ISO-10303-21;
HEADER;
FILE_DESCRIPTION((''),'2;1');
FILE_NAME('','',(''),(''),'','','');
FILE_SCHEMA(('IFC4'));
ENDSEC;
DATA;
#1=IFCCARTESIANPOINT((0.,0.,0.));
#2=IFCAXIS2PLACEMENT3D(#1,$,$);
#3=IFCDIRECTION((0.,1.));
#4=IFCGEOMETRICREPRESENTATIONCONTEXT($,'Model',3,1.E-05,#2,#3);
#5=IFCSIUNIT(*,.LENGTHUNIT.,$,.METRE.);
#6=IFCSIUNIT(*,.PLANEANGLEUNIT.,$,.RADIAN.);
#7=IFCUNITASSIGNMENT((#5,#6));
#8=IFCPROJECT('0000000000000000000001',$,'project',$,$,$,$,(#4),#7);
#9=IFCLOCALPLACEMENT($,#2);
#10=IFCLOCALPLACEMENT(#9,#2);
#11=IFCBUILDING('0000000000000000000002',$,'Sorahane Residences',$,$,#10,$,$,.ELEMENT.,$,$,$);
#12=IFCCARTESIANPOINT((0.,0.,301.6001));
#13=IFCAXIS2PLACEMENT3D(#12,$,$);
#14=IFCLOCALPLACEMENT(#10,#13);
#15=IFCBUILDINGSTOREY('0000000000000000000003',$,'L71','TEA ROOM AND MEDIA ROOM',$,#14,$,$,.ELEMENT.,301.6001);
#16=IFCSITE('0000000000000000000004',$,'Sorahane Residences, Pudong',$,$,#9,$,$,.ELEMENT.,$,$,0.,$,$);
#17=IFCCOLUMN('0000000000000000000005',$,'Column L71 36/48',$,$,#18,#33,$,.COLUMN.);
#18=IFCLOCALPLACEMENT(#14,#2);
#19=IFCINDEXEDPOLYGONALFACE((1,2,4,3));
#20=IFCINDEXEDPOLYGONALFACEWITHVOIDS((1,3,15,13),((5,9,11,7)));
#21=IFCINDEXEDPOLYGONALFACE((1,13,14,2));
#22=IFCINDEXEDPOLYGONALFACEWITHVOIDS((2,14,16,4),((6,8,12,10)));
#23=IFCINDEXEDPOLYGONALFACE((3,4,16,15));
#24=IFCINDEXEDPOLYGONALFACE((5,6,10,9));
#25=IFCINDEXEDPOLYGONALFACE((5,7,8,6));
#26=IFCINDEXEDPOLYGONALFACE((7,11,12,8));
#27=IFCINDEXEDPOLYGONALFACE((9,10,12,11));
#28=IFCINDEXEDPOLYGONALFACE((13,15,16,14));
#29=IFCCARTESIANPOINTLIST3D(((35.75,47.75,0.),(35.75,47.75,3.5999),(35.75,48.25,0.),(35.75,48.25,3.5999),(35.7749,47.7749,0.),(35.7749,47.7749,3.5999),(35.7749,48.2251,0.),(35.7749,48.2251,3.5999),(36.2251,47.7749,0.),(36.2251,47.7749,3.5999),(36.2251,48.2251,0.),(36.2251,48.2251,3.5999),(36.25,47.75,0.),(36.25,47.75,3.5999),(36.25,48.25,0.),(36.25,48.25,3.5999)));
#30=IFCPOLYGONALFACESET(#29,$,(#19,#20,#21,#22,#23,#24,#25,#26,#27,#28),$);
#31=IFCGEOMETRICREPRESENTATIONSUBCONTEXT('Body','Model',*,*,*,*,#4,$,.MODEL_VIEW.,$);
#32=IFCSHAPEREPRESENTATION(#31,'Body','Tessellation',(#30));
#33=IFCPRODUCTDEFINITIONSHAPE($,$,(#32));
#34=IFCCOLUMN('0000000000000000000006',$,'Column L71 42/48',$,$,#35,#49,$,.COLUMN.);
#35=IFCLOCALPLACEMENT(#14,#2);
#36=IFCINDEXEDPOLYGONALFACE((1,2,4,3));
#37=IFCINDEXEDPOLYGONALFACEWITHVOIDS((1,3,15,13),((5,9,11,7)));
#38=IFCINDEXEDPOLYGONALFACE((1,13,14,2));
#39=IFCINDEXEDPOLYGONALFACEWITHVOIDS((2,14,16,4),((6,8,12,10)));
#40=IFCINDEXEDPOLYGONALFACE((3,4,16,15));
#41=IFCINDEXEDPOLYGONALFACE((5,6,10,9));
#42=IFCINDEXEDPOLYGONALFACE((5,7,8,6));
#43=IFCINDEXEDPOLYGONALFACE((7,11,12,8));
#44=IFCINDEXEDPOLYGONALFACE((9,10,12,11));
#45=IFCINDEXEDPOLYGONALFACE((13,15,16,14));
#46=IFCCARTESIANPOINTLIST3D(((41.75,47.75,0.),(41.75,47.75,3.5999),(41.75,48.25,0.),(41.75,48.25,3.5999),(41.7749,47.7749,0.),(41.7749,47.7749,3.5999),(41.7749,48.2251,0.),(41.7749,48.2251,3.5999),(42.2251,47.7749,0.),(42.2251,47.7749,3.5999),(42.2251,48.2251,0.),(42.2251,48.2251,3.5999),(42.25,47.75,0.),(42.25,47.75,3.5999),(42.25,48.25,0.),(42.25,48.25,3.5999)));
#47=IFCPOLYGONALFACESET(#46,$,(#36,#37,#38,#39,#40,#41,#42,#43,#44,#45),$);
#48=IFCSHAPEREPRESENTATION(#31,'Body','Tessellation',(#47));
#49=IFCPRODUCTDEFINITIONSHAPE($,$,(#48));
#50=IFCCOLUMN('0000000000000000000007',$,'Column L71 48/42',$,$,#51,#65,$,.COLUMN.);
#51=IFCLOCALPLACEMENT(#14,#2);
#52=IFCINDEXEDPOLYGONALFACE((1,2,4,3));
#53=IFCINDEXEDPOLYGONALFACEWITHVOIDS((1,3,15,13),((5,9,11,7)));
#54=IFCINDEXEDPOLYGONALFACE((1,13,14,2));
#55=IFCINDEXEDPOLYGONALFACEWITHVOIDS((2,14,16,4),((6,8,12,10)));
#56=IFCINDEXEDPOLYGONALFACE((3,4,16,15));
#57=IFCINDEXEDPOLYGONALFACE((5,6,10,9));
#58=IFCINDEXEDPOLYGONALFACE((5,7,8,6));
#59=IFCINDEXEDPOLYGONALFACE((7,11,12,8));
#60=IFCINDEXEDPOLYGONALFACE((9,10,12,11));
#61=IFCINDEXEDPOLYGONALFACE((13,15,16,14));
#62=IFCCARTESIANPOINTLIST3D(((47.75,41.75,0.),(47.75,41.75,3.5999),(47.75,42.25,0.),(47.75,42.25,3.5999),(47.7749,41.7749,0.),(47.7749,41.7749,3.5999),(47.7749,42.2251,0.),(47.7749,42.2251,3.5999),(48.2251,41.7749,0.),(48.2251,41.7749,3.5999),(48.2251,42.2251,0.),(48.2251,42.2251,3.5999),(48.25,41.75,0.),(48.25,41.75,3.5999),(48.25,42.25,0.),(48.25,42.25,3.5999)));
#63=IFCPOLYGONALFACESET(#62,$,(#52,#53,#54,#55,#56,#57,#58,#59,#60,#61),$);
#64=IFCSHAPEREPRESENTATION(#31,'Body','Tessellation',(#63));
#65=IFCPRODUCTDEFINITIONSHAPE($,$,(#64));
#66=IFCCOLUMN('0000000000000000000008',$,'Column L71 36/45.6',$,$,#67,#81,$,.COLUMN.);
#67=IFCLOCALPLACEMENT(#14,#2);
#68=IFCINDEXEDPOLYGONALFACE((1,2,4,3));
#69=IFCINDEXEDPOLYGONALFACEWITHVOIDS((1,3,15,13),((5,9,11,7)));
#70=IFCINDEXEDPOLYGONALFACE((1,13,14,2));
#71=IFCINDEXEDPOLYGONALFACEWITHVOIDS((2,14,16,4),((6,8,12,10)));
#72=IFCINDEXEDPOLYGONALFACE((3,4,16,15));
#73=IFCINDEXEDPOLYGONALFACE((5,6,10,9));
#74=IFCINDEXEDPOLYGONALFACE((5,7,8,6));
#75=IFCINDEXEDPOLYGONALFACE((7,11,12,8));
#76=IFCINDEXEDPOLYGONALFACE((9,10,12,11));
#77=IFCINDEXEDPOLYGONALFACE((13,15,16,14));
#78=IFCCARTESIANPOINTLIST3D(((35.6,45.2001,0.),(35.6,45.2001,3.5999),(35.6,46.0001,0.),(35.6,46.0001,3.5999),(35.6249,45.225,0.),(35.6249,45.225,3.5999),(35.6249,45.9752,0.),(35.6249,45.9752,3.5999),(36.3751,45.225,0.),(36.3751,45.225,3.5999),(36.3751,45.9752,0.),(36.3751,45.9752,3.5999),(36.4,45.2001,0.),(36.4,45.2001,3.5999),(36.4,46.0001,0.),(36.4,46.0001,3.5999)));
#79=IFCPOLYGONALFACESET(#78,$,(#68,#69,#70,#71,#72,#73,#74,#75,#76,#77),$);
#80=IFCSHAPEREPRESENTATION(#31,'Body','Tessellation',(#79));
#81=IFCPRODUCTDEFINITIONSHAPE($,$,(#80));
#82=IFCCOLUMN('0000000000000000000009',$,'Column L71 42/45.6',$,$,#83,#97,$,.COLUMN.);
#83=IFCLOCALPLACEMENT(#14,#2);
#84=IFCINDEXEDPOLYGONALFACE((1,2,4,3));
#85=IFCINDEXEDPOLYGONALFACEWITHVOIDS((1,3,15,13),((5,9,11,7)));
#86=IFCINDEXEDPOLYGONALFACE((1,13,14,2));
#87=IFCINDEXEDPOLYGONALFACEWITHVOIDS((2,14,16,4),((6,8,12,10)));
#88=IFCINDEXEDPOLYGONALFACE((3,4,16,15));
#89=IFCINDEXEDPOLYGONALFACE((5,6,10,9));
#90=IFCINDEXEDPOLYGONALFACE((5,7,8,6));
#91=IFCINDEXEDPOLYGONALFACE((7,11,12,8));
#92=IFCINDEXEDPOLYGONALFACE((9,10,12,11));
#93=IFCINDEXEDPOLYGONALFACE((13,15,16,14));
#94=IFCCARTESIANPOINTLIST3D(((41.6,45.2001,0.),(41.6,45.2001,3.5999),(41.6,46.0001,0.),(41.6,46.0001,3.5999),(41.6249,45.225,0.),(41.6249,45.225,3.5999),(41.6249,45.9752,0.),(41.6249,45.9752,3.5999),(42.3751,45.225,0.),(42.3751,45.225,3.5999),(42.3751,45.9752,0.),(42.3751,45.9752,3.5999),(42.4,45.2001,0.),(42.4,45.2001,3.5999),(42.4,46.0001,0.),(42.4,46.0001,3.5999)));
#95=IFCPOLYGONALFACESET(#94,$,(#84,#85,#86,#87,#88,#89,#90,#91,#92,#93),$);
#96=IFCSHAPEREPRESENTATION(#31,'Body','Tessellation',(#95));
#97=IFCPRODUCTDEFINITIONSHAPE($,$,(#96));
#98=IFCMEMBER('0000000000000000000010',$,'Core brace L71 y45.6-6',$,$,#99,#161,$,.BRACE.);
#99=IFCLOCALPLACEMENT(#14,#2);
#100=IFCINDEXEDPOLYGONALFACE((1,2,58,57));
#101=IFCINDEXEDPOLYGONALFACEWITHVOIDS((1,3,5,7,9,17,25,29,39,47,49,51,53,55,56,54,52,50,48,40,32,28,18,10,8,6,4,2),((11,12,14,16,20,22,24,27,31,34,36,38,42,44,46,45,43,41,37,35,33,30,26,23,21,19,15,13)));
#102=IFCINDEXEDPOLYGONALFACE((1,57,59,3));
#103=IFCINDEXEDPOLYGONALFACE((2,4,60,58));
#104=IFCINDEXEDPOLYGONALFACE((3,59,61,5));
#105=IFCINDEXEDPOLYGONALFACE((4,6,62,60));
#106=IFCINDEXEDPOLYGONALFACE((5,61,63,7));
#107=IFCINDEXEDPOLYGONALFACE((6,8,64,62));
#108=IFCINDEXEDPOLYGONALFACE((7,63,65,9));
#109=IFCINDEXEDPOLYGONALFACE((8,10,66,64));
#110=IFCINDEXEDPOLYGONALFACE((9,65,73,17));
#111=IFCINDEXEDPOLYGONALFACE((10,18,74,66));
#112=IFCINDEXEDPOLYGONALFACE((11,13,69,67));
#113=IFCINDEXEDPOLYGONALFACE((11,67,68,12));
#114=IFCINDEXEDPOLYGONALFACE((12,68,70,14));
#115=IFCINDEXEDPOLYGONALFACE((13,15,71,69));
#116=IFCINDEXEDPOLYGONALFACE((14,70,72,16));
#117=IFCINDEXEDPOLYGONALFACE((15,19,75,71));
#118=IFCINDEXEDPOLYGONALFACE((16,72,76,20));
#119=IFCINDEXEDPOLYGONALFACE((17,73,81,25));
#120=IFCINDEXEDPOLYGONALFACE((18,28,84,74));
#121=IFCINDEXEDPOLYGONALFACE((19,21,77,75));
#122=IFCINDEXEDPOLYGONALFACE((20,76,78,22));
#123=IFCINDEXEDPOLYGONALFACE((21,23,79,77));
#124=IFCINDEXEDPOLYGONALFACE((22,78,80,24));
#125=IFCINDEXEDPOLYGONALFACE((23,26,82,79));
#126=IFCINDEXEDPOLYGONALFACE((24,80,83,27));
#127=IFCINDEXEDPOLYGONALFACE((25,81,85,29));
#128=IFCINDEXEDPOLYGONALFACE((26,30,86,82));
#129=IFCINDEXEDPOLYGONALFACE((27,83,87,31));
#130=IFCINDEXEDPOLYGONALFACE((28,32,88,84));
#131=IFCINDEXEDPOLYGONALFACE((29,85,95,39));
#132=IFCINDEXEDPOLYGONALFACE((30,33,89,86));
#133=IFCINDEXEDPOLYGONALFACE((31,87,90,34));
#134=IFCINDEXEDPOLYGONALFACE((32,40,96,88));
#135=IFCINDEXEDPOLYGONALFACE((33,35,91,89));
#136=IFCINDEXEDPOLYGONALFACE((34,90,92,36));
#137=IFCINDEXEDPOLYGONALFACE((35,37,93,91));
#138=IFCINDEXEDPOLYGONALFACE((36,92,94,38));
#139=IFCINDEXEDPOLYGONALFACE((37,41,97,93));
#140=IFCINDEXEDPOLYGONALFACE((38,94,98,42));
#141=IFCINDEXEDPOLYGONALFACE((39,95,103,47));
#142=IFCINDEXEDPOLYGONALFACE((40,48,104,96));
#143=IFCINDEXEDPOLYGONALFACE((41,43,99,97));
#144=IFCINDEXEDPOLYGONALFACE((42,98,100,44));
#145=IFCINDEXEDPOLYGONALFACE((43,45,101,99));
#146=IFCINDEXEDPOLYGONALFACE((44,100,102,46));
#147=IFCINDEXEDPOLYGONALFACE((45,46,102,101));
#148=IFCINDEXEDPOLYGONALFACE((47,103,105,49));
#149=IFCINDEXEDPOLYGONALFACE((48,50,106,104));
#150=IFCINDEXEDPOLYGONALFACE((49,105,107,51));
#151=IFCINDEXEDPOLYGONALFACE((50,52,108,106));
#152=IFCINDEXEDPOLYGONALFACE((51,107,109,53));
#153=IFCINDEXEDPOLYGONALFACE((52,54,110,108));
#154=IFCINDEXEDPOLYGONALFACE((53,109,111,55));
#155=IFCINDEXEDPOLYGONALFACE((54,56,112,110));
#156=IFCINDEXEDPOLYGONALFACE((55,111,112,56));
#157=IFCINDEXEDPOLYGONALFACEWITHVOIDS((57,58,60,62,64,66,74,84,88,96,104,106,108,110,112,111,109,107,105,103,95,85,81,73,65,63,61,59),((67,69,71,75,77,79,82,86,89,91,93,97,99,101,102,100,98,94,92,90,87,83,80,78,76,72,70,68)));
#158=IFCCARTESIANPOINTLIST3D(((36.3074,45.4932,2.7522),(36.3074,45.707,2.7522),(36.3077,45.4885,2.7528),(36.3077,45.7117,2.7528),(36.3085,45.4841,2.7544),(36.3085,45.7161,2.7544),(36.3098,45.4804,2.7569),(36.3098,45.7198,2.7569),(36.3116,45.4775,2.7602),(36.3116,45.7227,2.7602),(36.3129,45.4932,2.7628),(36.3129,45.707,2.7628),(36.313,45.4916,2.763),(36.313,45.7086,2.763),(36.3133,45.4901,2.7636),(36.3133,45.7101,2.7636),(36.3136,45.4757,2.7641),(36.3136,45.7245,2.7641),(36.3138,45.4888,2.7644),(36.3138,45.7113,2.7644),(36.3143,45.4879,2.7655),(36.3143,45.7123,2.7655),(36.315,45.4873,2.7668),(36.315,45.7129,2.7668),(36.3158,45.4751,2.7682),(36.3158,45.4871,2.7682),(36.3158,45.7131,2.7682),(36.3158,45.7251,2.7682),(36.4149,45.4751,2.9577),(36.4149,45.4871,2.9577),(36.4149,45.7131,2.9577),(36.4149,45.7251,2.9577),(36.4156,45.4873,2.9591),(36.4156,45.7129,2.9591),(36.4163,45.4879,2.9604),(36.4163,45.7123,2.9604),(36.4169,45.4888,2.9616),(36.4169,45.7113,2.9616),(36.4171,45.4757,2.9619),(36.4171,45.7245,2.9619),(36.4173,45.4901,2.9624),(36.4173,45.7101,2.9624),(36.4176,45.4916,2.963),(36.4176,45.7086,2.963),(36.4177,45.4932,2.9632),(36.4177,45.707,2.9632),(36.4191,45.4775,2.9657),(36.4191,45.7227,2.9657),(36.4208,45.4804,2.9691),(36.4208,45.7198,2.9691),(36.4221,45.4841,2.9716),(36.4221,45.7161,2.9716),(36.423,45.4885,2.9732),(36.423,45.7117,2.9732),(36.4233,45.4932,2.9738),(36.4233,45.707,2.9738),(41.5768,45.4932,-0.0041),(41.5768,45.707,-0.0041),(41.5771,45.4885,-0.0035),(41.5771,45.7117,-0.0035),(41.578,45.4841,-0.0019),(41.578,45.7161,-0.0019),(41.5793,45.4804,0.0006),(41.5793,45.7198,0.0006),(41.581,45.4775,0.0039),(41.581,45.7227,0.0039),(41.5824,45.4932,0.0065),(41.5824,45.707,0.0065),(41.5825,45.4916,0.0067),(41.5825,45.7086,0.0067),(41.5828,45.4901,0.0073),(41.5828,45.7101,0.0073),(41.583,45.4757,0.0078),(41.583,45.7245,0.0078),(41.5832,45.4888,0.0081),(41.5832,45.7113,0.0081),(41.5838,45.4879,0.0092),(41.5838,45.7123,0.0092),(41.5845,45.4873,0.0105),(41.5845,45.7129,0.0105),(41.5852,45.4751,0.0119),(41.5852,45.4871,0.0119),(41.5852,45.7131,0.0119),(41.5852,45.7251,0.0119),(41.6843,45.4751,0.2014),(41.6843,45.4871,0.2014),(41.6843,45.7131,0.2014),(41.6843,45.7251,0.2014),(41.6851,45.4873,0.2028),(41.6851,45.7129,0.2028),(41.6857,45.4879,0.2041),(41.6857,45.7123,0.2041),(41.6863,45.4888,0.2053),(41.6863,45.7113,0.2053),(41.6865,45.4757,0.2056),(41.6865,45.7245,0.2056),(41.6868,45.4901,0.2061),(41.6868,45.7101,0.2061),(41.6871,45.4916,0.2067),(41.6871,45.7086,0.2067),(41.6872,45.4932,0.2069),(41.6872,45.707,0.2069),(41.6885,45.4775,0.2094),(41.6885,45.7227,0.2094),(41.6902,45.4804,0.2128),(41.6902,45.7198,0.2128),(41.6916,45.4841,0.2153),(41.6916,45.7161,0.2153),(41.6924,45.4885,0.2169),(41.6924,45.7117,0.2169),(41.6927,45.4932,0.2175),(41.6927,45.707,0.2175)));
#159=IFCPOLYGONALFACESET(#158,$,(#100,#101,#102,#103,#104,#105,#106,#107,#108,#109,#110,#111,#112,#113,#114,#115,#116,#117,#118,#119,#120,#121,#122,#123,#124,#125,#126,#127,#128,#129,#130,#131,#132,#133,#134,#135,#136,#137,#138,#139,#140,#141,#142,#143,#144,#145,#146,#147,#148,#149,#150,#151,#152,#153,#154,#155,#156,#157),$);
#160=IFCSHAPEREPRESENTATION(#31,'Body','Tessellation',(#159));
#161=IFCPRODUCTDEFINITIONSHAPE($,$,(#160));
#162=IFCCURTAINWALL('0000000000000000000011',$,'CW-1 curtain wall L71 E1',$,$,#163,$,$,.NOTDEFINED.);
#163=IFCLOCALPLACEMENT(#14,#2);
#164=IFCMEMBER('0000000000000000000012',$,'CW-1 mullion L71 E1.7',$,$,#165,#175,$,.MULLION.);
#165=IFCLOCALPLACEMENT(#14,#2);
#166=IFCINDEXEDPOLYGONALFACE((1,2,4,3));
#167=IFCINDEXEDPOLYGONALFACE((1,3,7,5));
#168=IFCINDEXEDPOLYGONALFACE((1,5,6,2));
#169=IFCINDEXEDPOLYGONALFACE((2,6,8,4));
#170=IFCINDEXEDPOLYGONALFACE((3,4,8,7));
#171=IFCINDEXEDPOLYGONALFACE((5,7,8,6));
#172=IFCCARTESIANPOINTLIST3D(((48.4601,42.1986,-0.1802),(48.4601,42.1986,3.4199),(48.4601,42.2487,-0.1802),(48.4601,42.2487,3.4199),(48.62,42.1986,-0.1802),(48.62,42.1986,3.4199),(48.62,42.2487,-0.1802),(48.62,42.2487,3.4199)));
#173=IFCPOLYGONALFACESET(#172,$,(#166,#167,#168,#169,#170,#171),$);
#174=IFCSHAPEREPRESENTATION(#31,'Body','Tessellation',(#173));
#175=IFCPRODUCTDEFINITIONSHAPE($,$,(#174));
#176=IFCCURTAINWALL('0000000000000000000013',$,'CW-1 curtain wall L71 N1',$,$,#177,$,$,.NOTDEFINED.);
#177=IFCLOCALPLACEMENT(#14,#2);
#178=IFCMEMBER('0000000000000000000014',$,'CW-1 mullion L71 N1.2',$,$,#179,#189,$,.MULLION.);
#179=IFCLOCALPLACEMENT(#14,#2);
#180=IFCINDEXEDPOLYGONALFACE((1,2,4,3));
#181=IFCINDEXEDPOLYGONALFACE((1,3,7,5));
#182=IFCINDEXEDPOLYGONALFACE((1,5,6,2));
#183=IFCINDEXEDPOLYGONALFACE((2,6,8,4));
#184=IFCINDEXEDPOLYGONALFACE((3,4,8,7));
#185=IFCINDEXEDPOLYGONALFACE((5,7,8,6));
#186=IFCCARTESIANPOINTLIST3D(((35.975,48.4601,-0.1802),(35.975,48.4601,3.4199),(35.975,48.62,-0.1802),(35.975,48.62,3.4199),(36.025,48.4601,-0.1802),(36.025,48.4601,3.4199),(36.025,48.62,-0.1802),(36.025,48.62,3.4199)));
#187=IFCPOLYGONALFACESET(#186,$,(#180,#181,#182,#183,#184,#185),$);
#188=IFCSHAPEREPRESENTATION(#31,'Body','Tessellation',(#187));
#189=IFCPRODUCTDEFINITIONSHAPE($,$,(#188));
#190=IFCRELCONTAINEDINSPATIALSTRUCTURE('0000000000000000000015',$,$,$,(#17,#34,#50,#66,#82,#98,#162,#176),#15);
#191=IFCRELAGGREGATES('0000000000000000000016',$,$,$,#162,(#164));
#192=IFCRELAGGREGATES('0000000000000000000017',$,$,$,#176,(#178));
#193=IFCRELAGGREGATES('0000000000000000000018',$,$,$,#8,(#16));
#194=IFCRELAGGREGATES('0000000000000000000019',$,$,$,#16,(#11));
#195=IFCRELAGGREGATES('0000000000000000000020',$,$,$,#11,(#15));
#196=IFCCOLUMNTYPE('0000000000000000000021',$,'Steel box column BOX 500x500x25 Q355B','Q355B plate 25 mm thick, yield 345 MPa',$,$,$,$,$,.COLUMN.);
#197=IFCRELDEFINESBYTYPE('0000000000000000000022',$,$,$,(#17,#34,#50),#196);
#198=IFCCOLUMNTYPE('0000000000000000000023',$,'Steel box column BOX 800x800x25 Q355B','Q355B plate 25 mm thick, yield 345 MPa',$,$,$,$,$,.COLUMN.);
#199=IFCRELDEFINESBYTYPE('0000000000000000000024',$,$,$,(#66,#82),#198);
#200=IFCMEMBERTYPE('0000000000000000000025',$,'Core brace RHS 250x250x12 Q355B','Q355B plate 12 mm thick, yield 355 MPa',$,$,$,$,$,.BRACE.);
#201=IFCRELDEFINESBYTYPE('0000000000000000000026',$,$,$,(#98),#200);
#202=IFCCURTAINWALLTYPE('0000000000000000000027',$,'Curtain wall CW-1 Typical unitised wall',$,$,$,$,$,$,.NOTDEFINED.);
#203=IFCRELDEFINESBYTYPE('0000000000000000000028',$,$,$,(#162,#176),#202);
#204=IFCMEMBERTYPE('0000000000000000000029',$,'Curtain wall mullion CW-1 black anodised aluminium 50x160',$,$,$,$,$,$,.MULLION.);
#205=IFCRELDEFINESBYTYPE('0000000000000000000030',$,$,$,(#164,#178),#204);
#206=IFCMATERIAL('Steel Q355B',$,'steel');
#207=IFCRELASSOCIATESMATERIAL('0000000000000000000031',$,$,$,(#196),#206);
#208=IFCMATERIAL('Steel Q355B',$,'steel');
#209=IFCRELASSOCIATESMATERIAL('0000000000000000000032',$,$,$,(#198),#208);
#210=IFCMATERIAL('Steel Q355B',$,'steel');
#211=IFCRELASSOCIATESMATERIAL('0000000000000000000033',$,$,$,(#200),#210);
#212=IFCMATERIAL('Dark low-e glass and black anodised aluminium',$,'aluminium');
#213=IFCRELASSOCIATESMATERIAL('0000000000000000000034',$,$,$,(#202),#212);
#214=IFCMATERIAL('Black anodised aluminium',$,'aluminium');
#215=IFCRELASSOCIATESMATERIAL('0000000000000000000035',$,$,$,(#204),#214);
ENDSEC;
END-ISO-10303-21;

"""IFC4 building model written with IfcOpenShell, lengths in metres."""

from ifc_helpers import new_model, si_unit, direction, frame, origin, origin_2d, place, context, subcontext, project, spatial, rectangle, hollow_rectangle, extrude, material, material_profile, profile_set, type_object, element, aggregate, save


model = new_model("IFC4")

# Units and contexts
model_context = context("Model", 3, precision=1e-05, world=origin(), true_north=direction((0.0, 1.0)))
body_context = subcontext(model_context, "Body", "Model", "MODEL_VIEW")
ifc_project = project(units=[si_unit("LENGTHUNIT", "METRE"), si_unit("PLANEANGLEUNIT", "RADIAN")], contexts=[model_context])

# Site, building, storey
site_placement = place(None, origin())
site = spatial("IfcSite", under=ifc_project, at=site_placement, Name="Sorahane Residences, Pudong", CompositionType="ELEMENT", RefElevation=0.0)
building_placement = place(site_placement, origin())
building = spatial("IfcBuilding", under=site, at=building_placement, Name="Sorahane Residences", CompositionType="ELEMENT")
storey_placement = place(building_placement, frame((0.0, 0.0, 301.6001)))
storey = spatial("IfcBuildingStorey", under=building, at=storey_placement, Name="L71", Description="TEA ROOM AND MEDIA ROOM", CompositionType="ELEMENT", Elevation=301.6001)

# Columns
ifc_material_1 = material(Name="Steel Q355B", Category="steel")
ifc_material_profile_1 = material_profile(ifc_material_1, hollow_rectangle(XDim=0.5, YDim=0.5, WallThickness=0.0249, at=origin_2d()), Name="BOX 500x500x25")
ifc_profile_set_1 = profile_set([ifc_material_profile_1], Name="Steel Q355B")
column_type_1 = type_object("IfcColumnType", Name="Steel box column BOX 500x500x25 Q355B", Description="Q355B plate 25 mm thick, yield 345 MPa", PredefinedType="COLUMN", material=ifc_profile_set_1)
for number, where, z_axis, x_axis, name in (
    (1, (36.0, 48.0, 0.0), (0.0, 0.0, 1.0), (1.0, 0.0, 0.0), "Column L71 36/48"),
    (2, (42.0, 48.0, 0.0), (0.0, 0.0, 1.0), (1.0, 0.0, 0.0), "Column L71 42/48"),
    (3, (48.0, 42.0, 0.0), (0.0, 0.0, 1.0), (1.0, 0.0, 0.0), "Column L71 48/42"),
):
    element("IfcColumn", number, at=place(storey_placement, frame(where, z_axis=z_axis, x_axis=x_axis)), inside=storey, type_object=column_type_1, Name=name, PredefinedType="COLUMN", context=body_context, shape_type="SweptSolid", body=[
        extrude(hollow_rectangle(XDim=0.5, YDim=0.5, WallThickness=0.0249, at=origin_2d()), origin(), (0.0, 0.0, 1.0), 3.5999),
    ])
ifc_material_2 = material(Name="Steel Q355B", Category="steel")
ifc_material_profile_2 = material_profile(ifc_material_2, hollow_rectangle(XDim=0.8, YDim=0.8, WallThickness=0.0249, at=origin_2d()), Name="BOX 800x800x25")
ifc_profile_set_2 = profile_set([ifc_material_profile_2], Name="Steel Q355B")
column_type_2 = type_object("IfcColumnType", Name="Steel box column BOX 800x800x25 Q355B", Description="Q355B plate 25 mm thick, yield 345 MPa", PredefinedType="COLUMN", material=ifc_profile_set_2)
for number, where, z_axis, x_axis, name in (
    (4, (36.0, 45.6001, 0.0), (0.0, 0.0, 1.0), (1.0, 0.0, 0.0), "Column L71 36/45.6"),
    (5, (42.0, 45.6001, 0.0), (0.0, 0.0, 1.0), (1.0, 0.0, 0.0), "Column L71 42/45.6"),
):
    element("IfcColumn", number, at=place(storey_placement, frame(where, z_axis=z_axis, x_axis=x_axis)), inside=storey, type_object=column_type_2, Name=name, PredefinedType="COLUMN", context=body_context, shape_type="SweptSolid", body=[
        extrude(hollow_rectangle(XDim=0.8, YDim=0.8, WallThickness=0.0249, at=origin_2d()), origin(), (0.0, 0.0, 1.0), 3.5999),
    ])

# Member
ifc_material_3 = material(Name="Steel Q355B", Category="steel")
ifc_material_profile_3 = material_profile(ifc_material_3, hollow_rectangle(XDim=0.25, YDim=0.25, WallThickness=0.012, InnerFilletRadius=0.0061, OuterFilletRadius=0.0181, at=origin_2d()), Name="RHS 250x250x12")
ifc_profile_set_3 = profile_set([ifc_material_profile_3], Name="Steel Q355B")
member_type_1 = type_object("IfcMemberType", Name="Core brace RHS 250x250x12 Q355B", Description="Q355B plate 12 mm thick, yield 355 MPa", PredefinedType="BRACE", material=ifc_profile_set_3)
member_1_placement = place(storey_placement, frame((41.6348, 45.6001, 0.1067), z_axis=(-0.8861, 0.0, 0.463495), x_axis=(0.0, -1.0, 0.0)))
element("IfcMember", 6, at=member_1_placement, inside=storey, type_object=member_type_1, Name="Core brace L71 y45.6-6", PredefinedType="BRACE", context=body_context, shape_type="SweptSolid", body=[
    extrude(hollow_rectangle(XDim=0.25, YDim=0.25, WallThickness=0.012, InnerFilletRadius=0.0061, OuterFilletRadius=0.0181, at=origin_2d()), origin(), (0.0, 0.0, 1.0), 5.9468),
])

# Curtain walls, members
ifc_material_4 = material(Name="Dark low-e glass and black anodised aluminium", Category="aluminium")
curtain_wall_type_1 = type_object("IfcCurtainWallType", Name="Curtain wall CW-1 Typical unitised wall", PredefinedType="NOTDEFINED", material=ifc_material_4)
curtain_wall_1_placement = place(storey_placement, origin())
curtain_wall_1 = element("IfcCurtainWall", 7, at=curtain_wall_1_placement, inside=storey, type_object=curtain_wall_type_1, Name="CW-1 curtain wall L71 E1", PredefinedType="NOTDEFINED")
ifc_material_5 = material(Name="Black anodised aluminium", Category="aluminium")
ifc_material_profile_4 = material_profile(ifc_material_5, rectangle(XDim=0.1599, YDim=0.05, at=origin_2d()), Name="Curtain wall mullion CW-1 black anodised aluminium 50x160")
ifc_profile_set_4 = profile_set([ifc_material_profile_4], Name="Black anodised aluminium")
member_type_2 = type_object("IfcMemberType", Name="Curtain wall mullion CW-1 black anodised aluminium 50x160", PredefinedType="MULLION", material=ifc_profile_set_4)
member_2_placement = place(storey_placement, frame((48.54, 42.2236, -0.1802), z_axis=(0.0, 0.0, 1.0), x_axis=(1.0, 0.0, 0.0)))
member_2 = element("IfcMember", 8, at=member_2_placement, type_object=member_type_2, Name="CW-1 mullion L71 E1.7", PredefinedType="MULLION", context=body_context, shape_type="SweptSolid", body=[
    extrude(rectangle(XDim=0.1599, YDim=0.05, at=origin_2d()), origin(), (0.0, 0.0, 1.0), 3.6001),
])
aggregate(curtain_wall_1, [member_2])
curtain_wall_2_placement = place(storey_placement, origin())
curtain_wall_2 = element("IfcCurtainWall", 9, at=curtain_wall_2_placement, inside=storey, type_object=curtain_wall_type_1, Name="CW-1 curtain wall L71 N1", PredefinedType="NOTDEFINED")
member_3_placement = place(storey_placement, frame((36.0, 48.54, -0.1802), z_axis=(0.0, 0.0, 1.0), x_axis=(0.0, 1.0, 0.0)))
member_3 = element("IfcMember", 10, at=member_3_placement, type_object=member_type_2, Name="CW-1 mullion L71 N1.2", PredefinedType="MULLION", context=body_context, shape_type="SweptSolid", body=[
    extrude(rectangle(XDim=0.1599, YDim=0.05, at=origin_2d()), origin(), (0.0, 0.0, 1.0), 3.6001),
])

aggregate(curtain_wall_2, [member_3])

save(model, "model.ifc")
